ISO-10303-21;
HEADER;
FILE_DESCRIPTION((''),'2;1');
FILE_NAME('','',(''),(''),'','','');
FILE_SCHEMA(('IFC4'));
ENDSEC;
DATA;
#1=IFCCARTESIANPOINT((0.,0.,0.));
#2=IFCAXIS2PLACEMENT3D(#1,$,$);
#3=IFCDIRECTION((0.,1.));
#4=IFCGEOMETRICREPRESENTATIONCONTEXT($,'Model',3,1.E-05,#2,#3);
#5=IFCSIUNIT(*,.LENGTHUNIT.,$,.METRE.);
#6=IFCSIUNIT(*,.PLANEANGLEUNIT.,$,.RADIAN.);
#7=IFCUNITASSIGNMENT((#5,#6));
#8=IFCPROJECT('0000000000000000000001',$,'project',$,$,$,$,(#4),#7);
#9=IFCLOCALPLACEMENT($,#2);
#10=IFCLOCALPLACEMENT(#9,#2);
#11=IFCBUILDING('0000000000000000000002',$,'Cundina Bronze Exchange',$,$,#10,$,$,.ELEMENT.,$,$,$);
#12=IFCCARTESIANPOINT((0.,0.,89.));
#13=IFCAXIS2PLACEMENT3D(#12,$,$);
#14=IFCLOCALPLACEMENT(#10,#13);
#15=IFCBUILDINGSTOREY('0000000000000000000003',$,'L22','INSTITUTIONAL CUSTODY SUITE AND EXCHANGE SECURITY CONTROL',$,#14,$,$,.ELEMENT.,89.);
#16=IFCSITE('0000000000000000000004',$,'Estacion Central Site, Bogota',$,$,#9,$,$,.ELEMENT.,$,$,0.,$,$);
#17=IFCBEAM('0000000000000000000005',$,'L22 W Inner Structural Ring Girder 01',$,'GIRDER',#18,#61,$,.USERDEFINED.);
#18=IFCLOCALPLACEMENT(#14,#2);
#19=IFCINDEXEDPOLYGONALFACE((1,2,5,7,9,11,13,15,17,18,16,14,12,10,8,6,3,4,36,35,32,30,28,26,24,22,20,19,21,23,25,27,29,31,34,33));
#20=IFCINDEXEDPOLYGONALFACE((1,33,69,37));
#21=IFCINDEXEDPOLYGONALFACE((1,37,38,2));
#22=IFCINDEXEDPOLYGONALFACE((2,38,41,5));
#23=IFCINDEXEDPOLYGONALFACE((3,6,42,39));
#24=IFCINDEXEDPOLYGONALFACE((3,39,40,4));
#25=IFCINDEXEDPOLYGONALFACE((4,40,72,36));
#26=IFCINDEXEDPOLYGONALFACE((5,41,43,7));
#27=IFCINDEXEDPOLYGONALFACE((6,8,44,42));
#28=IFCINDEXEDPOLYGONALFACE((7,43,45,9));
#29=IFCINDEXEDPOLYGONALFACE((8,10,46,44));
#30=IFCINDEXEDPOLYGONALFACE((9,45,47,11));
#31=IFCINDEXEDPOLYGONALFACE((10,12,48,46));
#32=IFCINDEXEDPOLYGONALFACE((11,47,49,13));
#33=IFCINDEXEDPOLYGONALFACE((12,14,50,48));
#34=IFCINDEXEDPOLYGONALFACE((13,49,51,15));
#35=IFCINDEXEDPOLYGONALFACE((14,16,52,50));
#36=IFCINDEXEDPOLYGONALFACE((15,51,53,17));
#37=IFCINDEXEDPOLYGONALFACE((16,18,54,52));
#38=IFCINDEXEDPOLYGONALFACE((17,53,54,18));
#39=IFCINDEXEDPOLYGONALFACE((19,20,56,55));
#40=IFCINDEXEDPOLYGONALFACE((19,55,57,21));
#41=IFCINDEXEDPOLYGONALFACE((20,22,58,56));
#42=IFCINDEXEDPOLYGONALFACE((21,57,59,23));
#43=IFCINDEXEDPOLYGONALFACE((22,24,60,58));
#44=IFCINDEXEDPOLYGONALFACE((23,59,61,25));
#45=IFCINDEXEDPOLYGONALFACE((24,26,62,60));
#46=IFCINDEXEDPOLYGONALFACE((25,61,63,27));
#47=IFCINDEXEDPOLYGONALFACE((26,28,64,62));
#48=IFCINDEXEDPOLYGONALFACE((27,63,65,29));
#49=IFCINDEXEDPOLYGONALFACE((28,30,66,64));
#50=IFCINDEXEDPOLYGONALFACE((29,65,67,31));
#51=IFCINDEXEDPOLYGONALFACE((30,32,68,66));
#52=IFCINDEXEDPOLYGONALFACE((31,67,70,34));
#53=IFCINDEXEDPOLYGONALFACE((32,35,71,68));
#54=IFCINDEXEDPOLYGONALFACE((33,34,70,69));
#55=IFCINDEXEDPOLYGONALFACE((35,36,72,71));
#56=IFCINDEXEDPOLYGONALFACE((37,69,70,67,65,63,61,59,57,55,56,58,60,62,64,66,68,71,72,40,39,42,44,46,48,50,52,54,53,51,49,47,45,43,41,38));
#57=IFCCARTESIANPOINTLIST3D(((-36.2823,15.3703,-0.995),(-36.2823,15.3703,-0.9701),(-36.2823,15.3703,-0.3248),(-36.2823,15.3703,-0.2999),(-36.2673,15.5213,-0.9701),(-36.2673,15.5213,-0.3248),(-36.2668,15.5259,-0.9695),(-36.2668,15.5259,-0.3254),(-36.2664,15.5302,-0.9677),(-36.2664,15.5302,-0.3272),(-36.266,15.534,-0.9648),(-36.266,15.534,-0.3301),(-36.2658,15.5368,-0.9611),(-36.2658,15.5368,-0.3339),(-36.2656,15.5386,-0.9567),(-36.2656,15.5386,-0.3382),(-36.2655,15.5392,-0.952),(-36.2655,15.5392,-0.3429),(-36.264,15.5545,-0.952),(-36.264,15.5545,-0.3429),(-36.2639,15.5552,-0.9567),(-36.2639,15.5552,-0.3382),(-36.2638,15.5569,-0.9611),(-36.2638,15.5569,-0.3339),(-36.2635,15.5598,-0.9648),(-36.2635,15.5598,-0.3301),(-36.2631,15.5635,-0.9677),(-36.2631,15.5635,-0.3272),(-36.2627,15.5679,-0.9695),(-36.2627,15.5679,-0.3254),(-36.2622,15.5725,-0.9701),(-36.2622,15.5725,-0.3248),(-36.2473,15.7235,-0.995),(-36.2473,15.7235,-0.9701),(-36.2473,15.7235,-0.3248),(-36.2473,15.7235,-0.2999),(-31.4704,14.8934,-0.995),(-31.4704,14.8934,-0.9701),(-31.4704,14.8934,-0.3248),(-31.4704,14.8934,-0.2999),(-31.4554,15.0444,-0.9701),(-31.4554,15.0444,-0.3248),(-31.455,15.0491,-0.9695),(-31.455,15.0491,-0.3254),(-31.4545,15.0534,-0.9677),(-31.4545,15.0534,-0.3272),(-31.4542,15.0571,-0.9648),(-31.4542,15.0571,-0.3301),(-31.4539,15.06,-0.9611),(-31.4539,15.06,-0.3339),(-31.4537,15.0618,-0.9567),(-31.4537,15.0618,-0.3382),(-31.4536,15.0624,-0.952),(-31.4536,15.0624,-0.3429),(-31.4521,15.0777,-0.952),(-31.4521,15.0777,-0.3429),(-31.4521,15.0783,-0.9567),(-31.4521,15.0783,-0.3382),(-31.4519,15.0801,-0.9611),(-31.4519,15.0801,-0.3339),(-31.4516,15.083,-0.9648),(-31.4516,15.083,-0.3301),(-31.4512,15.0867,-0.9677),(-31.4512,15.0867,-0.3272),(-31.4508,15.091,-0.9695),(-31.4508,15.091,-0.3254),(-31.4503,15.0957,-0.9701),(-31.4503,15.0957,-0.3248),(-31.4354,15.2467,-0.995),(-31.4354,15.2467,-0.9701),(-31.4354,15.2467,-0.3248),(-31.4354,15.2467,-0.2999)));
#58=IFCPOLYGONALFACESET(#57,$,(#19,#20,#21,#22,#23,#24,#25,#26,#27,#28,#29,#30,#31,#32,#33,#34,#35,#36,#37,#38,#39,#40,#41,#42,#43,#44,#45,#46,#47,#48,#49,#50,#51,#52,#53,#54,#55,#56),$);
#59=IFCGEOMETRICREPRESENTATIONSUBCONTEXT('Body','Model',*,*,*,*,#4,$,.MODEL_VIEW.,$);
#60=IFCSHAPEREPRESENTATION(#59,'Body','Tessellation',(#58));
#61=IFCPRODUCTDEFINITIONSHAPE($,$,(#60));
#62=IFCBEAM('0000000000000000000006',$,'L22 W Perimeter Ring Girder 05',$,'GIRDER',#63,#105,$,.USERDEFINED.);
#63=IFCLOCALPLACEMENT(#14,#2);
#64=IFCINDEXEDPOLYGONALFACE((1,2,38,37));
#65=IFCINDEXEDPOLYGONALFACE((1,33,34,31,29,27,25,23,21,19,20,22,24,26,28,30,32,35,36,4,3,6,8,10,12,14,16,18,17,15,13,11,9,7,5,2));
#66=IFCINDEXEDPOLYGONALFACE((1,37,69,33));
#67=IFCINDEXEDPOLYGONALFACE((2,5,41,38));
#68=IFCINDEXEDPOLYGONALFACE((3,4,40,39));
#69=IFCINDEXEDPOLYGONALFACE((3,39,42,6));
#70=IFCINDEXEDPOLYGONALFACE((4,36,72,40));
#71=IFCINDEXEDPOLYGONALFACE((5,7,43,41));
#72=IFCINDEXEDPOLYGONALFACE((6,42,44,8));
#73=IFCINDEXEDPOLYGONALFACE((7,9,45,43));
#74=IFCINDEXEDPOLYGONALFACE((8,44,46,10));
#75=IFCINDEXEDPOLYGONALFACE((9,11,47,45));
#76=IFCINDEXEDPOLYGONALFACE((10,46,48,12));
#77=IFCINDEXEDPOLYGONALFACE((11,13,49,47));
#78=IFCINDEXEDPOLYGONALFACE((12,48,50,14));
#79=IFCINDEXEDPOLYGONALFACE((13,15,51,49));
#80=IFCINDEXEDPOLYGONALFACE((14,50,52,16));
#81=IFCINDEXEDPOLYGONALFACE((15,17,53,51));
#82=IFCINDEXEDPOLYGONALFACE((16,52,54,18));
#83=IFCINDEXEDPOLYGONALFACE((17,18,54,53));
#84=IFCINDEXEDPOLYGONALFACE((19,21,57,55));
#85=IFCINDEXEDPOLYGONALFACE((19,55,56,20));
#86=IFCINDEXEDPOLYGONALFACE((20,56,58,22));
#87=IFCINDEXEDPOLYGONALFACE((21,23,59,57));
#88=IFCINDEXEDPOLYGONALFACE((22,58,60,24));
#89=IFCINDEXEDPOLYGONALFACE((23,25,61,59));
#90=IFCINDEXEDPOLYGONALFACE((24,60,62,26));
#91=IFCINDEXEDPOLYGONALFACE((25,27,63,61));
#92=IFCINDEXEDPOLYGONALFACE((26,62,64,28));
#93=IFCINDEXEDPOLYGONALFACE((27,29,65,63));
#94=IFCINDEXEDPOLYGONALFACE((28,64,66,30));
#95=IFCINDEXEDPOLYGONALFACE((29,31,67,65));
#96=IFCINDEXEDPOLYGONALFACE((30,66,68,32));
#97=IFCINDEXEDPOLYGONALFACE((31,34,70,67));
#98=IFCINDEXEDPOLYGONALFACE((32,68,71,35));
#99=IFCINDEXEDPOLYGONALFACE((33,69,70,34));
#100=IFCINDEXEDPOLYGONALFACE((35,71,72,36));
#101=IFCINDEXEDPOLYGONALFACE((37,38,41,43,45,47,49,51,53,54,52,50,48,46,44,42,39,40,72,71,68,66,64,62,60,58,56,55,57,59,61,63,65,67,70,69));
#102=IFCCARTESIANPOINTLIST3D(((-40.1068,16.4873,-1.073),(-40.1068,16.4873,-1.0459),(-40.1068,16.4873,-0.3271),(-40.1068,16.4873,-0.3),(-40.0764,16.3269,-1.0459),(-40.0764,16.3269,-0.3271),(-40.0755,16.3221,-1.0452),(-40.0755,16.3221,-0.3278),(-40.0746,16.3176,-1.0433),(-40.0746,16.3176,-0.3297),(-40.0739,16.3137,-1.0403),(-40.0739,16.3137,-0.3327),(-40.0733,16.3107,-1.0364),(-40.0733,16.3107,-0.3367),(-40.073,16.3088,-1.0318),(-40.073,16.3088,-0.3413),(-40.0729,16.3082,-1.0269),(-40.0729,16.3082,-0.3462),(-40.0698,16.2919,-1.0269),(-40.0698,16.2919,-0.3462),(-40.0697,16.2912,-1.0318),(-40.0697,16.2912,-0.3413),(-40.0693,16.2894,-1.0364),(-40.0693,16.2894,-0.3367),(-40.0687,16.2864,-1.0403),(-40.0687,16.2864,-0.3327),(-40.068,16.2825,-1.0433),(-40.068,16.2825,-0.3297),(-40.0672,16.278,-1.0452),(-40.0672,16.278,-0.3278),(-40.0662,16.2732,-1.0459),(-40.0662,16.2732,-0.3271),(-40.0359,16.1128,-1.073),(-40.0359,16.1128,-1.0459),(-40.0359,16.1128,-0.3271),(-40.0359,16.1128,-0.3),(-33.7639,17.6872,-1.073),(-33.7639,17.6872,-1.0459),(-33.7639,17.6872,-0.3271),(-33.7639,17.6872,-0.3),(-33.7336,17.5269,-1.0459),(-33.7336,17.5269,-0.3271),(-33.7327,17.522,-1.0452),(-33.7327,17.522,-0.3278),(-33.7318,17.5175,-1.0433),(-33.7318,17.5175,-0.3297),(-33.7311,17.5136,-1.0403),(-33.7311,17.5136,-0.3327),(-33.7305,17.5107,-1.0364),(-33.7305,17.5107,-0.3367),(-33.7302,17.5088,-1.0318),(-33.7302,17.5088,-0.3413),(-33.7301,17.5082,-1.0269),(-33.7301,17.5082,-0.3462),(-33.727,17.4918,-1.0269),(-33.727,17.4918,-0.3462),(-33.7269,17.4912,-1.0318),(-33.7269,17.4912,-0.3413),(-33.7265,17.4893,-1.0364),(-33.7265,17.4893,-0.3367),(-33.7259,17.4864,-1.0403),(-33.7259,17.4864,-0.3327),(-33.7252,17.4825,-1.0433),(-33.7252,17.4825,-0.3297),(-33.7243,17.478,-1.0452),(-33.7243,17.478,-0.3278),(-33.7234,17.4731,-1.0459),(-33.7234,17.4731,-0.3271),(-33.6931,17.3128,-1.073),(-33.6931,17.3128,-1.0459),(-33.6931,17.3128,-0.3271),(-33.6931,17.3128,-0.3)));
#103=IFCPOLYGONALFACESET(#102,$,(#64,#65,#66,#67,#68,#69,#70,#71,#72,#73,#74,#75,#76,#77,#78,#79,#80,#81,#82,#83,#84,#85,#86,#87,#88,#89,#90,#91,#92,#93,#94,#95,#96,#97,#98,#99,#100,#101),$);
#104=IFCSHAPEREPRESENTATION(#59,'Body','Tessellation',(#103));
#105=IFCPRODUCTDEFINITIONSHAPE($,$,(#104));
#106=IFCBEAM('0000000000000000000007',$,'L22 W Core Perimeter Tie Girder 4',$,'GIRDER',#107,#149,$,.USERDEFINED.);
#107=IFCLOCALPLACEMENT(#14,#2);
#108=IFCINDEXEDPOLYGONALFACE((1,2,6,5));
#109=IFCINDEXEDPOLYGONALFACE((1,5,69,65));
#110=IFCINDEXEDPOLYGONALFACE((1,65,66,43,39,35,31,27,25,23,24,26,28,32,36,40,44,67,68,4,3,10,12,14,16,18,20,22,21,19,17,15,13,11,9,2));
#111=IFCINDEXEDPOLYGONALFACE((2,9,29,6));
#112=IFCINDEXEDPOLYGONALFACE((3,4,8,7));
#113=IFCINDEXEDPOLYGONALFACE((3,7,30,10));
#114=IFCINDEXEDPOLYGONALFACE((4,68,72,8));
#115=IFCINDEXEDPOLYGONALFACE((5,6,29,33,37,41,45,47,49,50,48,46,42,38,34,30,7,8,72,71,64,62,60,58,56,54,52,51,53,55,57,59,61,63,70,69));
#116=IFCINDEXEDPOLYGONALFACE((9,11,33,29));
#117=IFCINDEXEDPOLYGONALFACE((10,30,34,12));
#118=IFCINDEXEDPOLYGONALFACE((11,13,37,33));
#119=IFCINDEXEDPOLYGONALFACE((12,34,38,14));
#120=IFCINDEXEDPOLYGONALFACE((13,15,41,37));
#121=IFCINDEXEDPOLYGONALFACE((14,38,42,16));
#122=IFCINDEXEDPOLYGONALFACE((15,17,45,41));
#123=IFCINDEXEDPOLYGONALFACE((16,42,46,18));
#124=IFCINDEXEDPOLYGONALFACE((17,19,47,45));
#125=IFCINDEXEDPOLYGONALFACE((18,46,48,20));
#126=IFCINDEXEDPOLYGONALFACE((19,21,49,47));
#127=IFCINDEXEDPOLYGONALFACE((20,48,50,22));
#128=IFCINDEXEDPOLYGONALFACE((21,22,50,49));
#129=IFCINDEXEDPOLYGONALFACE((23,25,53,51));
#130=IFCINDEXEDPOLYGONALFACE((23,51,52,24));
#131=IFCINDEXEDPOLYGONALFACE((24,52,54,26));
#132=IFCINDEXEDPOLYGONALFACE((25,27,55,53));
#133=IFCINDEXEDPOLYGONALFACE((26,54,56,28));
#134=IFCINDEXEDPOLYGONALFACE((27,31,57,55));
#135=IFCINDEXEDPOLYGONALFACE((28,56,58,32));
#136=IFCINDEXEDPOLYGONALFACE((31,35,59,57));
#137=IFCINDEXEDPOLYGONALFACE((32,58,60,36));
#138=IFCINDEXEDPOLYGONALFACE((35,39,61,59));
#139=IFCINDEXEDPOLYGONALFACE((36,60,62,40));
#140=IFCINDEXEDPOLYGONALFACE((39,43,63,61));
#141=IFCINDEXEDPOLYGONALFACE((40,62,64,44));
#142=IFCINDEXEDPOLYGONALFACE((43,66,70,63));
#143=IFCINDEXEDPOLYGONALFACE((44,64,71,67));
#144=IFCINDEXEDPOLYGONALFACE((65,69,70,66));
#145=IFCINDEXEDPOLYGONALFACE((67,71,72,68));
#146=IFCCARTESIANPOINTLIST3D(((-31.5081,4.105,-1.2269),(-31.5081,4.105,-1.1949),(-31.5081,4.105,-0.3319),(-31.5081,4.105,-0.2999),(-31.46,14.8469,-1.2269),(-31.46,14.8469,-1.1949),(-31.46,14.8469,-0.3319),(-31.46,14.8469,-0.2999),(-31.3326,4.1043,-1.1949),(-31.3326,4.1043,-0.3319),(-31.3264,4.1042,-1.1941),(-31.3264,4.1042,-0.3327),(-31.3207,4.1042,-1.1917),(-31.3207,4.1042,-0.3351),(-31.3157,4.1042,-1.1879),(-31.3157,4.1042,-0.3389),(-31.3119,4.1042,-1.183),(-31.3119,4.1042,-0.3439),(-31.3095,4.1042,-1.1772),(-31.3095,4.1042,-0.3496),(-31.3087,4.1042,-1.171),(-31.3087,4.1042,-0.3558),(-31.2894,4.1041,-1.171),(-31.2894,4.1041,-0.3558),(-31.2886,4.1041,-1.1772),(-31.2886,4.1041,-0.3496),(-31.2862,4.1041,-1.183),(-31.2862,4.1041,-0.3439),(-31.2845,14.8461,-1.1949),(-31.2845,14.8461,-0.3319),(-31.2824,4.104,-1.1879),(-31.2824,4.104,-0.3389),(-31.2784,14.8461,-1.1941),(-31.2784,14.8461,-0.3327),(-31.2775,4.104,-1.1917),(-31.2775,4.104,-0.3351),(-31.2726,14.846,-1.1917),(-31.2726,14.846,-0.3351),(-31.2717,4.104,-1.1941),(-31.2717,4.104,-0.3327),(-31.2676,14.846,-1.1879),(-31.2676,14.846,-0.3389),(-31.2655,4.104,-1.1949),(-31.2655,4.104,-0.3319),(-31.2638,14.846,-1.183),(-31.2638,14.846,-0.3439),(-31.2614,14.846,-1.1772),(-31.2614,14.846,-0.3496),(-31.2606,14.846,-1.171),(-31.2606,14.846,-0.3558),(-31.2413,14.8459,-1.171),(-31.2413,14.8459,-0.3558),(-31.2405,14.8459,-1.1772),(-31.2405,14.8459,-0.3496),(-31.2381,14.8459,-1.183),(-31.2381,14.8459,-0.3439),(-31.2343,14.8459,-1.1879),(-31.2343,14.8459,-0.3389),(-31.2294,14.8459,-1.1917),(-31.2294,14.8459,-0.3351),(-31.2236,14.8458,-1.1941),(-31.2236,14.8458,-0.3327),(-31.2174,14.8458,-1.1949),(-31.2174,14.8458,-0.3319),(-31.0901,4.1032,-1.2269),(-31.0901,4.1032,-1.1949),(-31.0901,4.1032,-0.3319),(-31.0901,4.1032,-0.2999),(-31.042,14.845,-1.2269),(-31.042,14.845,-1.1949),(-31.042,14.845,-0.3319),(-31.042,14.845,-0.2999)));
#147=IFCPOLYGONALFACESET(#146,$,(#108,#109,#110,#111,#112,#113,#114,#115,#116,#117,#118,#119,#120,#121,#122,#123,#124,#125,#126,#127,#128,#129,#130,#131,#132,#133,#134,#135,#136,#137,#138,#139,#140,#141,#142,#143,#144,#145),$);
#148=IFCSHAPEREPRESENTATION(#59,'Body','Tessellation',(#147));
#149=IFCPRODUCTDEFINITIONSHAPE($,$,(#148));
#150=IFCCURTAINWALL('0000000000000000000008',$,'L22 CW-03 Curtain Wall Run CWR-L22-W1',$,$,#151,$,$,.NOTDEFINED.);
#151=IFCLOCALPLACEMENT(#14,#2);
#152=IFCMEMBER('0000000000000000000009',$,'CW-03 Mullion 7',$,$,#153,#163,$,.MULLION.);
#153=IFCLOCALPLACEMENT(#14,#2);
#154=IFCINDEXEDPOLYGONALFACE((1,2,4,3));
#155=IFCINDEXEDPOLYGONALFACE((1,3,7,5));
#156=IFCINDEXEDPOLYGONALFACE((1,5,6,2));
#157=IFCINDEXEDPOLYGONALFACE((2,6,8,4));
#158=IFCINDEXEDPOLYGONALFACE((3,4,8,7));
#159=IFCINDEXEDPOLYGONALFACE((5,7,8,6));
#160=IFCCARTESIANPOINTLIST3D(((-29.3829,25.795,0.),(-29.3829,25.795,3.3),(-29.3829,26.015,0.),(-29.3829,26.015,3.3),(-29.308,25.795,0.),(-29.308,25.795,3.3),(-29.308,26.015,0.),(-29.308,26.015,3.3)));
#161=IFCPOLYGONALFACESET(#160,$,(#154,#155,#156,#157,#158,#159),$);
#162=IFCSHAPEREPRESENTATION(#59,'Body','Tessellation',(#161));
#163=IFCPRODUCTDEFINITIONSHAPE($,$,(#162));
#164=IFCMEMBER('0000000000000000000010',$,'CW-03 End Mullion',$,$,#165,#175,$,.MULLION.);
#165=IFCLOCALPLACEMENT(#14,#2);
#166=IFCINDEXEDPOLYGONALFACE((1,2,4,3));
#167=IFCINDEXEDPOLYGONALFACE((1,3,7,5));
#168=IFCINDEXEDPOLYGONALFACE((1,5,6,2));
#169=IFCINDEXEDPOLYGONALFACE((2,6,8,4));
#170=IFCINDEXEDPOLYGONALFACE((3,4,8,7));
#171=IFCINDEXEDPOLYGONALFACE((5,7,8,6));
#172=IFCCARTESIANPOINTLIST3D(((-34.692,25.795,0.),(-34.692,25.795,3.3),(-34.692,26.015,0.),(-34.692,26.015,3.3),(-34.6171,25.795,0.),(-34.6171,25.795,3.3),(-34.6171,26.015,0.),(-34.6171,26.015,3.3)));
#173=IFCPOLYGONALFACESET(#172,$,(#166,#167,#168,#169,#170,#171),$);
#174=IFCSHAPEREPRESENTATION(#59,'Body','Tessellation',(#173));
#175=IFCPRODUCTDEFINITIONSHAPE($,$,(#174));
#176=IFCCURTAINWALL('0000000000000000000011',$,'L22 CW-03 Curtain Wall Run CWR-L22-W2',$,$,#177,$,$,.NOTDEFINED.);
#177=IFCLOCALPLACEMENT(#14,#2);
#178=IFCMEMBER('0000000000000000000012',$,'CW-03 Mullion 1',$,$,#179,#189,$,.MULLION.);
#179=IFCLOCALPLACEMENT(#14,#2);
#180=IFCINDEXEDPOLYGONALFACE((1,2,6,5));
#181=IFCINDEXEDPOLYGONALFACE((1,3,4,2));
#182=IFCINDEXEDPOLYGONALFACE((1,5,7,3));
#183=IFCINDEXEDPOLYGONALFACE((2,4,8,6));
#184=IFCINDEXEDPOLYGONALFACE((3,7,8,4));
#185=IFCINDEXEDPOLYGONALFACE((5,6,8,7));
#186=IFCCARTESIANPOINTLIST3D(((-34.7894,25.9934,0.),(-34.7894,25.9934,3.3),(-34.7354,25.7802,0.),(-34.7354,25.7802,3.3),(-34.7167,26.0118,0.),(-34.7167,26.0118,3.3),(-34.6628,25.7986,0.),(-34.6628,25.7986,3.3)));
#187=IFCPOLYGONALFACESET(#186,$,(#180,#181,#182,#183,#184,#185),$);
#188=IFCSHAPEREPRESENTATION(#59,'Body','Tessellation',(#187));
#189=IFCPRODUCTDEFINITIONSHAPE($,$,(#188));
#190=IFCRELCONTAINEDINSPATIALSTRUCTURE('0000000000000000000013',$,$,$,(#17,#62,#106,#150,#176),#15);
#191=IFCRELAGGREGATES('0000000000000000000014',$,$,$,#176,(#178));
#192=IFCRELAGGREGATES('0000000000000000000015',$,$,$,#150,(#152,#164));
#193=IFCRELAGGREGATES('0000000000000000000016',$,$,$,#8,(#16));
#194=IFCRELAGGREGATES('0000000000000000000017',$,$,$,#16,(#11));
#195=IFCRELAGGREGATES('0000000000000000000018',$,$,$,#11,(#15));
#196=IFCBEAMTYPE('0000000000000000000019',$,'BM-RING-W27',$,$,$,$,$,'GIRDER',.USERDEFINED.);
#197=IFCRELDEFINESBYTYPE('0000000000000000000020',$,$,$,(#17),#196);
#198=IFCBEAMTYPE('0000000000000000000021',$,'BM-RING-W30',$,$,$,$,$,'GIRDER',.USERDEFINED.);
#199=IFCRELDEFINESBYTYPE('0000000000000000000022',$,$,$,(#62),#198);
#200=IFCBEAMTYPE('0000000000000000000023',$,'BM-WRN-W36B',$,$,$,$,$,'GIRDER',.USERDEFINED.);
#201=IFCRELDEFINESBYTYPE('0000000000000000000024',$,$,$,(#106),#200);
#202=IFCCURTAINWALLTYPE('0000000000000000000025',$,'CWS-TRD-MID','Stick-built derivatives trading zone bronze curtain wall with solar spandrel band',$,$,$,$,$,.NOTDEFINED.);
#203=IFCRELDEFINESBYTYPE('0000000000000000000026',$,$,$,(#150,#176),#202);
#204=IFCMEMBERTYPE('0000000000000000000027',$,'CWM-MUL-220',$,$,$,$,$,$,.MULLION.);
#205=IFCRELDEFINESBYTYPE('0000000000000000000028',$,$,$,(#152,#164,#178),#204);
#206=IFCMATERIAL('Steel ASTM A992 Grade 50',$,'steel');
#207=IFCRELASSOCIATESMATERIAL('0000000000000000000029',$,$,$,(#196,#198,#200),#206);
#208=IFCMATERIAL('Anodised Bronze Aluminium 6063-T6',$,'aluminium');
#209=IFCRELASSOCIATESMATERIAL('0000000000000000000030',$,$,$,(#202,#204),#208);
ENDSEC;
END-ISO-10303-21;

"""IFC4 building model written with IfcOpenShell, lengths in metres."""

from ifc_helpers import new_model, si_unit, direction, frame, origin, origin_2d, place, context, subcontext, project, spatial, rectangle, i_section, extrude, material, material_profile, profile_set, type_object, element, aggregate, save


model = new_model("IFC4")

# Units and contexts
model_context = context("Model", 3, precision=1e-05, world=origin(), true_north=direction((0.0, 1.0)))
body_context = subcontext(model_context, "Body", "Model", "MODEL_VIEW")
ifc_project = project(units=[si_unit("LENGTHUNIT", "METRE"), si_unit("PLANEANGLEUNIT", "RADIAN")], contexts=[model_context])

# Site, building, storey
site_placement = place(None, origin())
site = spatial("IfcSite", under=ifc_project, at=site_placement, Name="Estacion Central Site, Bogota", CompositionType="ELEMENT", RefElevation=0.0)
building_placement = place(site_placement, origin())
building = spatial("IfcBuilding", under=site, at=building_placement, Name="Cundina Bronze Exchange", CompositionType="ELEMENT")
storey_placement = place(building_placement, frame((0.0, 0.0, 89.0)))
storey = spatial("IfcBuildingStorey", under=building, at=storey_placement, Name="L22", Description="INSTITUTIONAL CUSTODY SUITE AND EXCHANGE SECURITY CONTROL", CompositionType="ELEMENT", Elevation=89.0)

# Shared definitions
ifc_material_1 = material(Name="Steel ASTM A992 Grade 50", Category="steel")

# Beams
ifc_material_profile_1 = material_profile(ifc_material_1, i_section(OverallWidth=0.355, OverallDepth=0.6951, WebThickness=0.0154, FlangeThickness=0.0249, FilletRadius=0.0181, at=origin_2d()), Name="W27X146", Category="steel")
ifc_profile_set_1 = profile_set([ifc_material_profile_1], Name="Steel ASTM A992 Grade 50")
beam_type_1 = type_object("IfcBeamType", Name="BM-RING-W27", ElementType="GIRDER", PredefinedType="USERDEFINED", material=ifc_profile_set_1)
beam_1_placement = place(storey_placement, frame((-31.4529, 15.0701, -0.6475), z_axis=(-0.995126, 0.098609, 0.0), x_axis=(-0.098609, -0.995126, 0.0)))
element("IfcBeam", 1, at=beam_1_placement, inside=storey, type_object=beam_type_1, Name="L22 W Inner Structural Ring Girder 01", ObjectType="GIRDER", PredefinedType="USERDEFINED", context=body_context, shape_type="SweptSolid", body=[
    extrude(i_section(OverallWidth=0.355, OverallDepth=0.6951, WebThickness=0.0154, FlangeThickness=0.0249, FilletRadius=0.0181, at=origin_2d()), origin(), (0.0, 0.0, 1.0), 4.8354),
])
ifc_material_profile_2 = material_profile(ifc_material_1, i_section(OverallWidth=0.3811, OverallDepth=0.7729, WebThickness=0.0166, FlangeThickness=0.0271, FilletRadius=0.019, at=origin_2d()), Name="W30X173", Category="steel")
ifc_profile_set_2 = profile_set([ifc_material_profile_2], Name="Steel ASTM A992 Grade 50")
beam_type_2 = type_object("IfcBeamType", Name="BM-RING-W30", ElementType="GIRDER", PredefinedType="USERDEFINED", material=ifc_profile_set_2)
beam_2_placement = place(storey_placement, frame((-33.7285, 17.5, -0.6865), z_axis=(-0.982571, -0.185887, 0.0), x_axis=(0.185887, -0.982571, 0.0)))
element("IfcBeam", 2, at=beam_2_placement, inside=storey, type_object=beam_type_2, Name="L22 W Perimeter Ring Girder 05", ObjectType="GIRDER", PredefinedType="USERDEFINED", context=body_context, shape_type="SweptSolid", body=[
    extrude(i_section(OverallWidth=0.3811, OverallDepth=0.7729, WebThickness=0.0166, FlangeThickness=0.0271, FilletRadius=0.019, at=origin_2d()), origin(), (0.0, 0.0, 1.0), 6.4553),
])
ifc_material_profile_3 = material_profile(ifc_material_1, i_section(OverallWidth=0.418, OverallDepth=0.927, WebThickness=0.0193, FlangeThickness=0.032, FilletRadius=0.0239, at=origin_2d()), Name="W36X231", Category="steel")
ifc_profile_set_3 = profile_set([ifc_material_profile_3], Name="Steel ASTM A992 Grade 50")
beam_type_3 = type_object("IfcBeamType", Name="BM-WRN-W36B", ElementType="GIRDER", PredefinedType="USERDEFINED", material=ifc_profile_set_3)
beam_3_placement = place(storey_placement, frame((-31.251, 14.8459, -0.7634), z_axis=(-0.004477, -0.99999, 0.0), x_axis=(0.99999, -0.004477, 0.0)))
element("IfcBeam", 3, at=beam_3_placement, inside=storey, type_object=beam_type_3, Name="L22 W Core Perimeter Tie Girder 4", ObjectType="GIRDER", PredefinedType="USERDEFINED", context=body_context, shape_type="SweptSolid", body=[
    extrude(i_section(OverallWidth=0.418, OverallDepth=0.927, WebThickness=0.0193, FlangeThickness=0.032, FilletRadius=0.0239, at=origin_2d()), origin(), (0.0, 0.0, 1.0), 10.7419),
])

# Curtain wall, members
ifc_material_2 = material(Name="Anodised Bronze Aluminium 6063-T6", Category="aluminium")
curtain_wall_type = type_object("IfcCurtainWallType", Name="CWS-TRD-MID", Description="Stick-built derivatives trading zone bronze curtain wall with solar spandrel band", PredefinedType="NOTDEFINED", material=ifc_material_2)
curtain_wall_1_placement = place(storey_placement, origin())
curtain_wall_1 = element("IfcCurtainWall", 4, at=curtain_wall_1_placement, inside=storey, type_object=curtain_wall_type, Name="L22 CW-03 Curtain Wall Run CWR-L22-W1", PredefinedType="NOTDEFINED")
ifc_material_profile_4 = material_profile(ifc_material_2, rectangle(XDim=0.075, YDim=0.22, at=origin_2d()), Name="AL75X220", Category="aluminium")
ifc_profile_set_4 = profile_set([ifc_material_profile_4], Name="Anodised Bronze Aluminium 6063-T6")
member_type_1 = type_object("IfcMemberType", Name="CWM-MUL-220", PredefinedType="MULLION", material=ifc_profile_set_4)
member_1_placement = place(storey_placement, frame((-29.3455, 25.905, 0.0), z_axis=(0.0, 0.0, 1.0), x_axis=(-1.0, 0.0, 0.0)))
member_1 = element("IfcMember", 5, at=member_1_placement, type_object=member_type_1, Name="CW-03 Mullion 7", PredefinedType="MULLION", context=body_context, shape_type="SweptSolid", body=[
    extrude(rectangle(XDim=0.075, YDim=0.22, at=origin_2d()), origin(), (0.0, 0.0, 1.0), 3.3),
])
member_2_placement = place(storey_placement, frame((-34.6545, 25.905, 0.0), z_axis=(0.0, 0.0, 1.0), x_axis=(-1.0, 0.0, 0.0)))
member_2 = element("IfcMember", 6, at=member_2_placement, type_object=member_type_1, Name="CW-03 End Mullion", PredefinedType="MULLION", context=body_context, shape_type="SweptSolid", body=[
    extrude(rectangle(XDim=0.075, YDim=0.22, at=origin_2d()), origin(), (0.0, 0.0, 1.0), 3.3),
])

# Curtain wall, member
curtain_wall_2_placement = place(storey_placement, origin())
curtain_wall_2 = element("IfcCurtainWall", 7, at=curtain_wall_2_placement, inside=storey, type_object=curtain_wall_type, Name="L22 CW-03 Curtain Wall Run CWR-L22-W2", PredefinedType="NOTDEFINED")
member_3_placement = place(storey_placement, frame((-34.7261, 25.896, 0.0), z_axis=(0.0, 0.0, 1.0), x_axis=(-0.969488, -0.245138, 0.0)))
member_3 = element("IfcMember", 8, at=member_3_placement, type_object=member_type_1, Name="CW-03 Mullion 1", PredefinedType="MULLION", context=body_context, shape_type="SweptSolid", body=[
    extrude(rectangle(XDim=0.075, YDim=0.22, at=origin_2d()), origin(), (0.0, 0.0, 1.0), 3.3),
])

aggregate(curtain_wall_2, [member_3])

aggregate(curtain_wall_1, [member_1, member_2])

save(model, "model.ifc")
